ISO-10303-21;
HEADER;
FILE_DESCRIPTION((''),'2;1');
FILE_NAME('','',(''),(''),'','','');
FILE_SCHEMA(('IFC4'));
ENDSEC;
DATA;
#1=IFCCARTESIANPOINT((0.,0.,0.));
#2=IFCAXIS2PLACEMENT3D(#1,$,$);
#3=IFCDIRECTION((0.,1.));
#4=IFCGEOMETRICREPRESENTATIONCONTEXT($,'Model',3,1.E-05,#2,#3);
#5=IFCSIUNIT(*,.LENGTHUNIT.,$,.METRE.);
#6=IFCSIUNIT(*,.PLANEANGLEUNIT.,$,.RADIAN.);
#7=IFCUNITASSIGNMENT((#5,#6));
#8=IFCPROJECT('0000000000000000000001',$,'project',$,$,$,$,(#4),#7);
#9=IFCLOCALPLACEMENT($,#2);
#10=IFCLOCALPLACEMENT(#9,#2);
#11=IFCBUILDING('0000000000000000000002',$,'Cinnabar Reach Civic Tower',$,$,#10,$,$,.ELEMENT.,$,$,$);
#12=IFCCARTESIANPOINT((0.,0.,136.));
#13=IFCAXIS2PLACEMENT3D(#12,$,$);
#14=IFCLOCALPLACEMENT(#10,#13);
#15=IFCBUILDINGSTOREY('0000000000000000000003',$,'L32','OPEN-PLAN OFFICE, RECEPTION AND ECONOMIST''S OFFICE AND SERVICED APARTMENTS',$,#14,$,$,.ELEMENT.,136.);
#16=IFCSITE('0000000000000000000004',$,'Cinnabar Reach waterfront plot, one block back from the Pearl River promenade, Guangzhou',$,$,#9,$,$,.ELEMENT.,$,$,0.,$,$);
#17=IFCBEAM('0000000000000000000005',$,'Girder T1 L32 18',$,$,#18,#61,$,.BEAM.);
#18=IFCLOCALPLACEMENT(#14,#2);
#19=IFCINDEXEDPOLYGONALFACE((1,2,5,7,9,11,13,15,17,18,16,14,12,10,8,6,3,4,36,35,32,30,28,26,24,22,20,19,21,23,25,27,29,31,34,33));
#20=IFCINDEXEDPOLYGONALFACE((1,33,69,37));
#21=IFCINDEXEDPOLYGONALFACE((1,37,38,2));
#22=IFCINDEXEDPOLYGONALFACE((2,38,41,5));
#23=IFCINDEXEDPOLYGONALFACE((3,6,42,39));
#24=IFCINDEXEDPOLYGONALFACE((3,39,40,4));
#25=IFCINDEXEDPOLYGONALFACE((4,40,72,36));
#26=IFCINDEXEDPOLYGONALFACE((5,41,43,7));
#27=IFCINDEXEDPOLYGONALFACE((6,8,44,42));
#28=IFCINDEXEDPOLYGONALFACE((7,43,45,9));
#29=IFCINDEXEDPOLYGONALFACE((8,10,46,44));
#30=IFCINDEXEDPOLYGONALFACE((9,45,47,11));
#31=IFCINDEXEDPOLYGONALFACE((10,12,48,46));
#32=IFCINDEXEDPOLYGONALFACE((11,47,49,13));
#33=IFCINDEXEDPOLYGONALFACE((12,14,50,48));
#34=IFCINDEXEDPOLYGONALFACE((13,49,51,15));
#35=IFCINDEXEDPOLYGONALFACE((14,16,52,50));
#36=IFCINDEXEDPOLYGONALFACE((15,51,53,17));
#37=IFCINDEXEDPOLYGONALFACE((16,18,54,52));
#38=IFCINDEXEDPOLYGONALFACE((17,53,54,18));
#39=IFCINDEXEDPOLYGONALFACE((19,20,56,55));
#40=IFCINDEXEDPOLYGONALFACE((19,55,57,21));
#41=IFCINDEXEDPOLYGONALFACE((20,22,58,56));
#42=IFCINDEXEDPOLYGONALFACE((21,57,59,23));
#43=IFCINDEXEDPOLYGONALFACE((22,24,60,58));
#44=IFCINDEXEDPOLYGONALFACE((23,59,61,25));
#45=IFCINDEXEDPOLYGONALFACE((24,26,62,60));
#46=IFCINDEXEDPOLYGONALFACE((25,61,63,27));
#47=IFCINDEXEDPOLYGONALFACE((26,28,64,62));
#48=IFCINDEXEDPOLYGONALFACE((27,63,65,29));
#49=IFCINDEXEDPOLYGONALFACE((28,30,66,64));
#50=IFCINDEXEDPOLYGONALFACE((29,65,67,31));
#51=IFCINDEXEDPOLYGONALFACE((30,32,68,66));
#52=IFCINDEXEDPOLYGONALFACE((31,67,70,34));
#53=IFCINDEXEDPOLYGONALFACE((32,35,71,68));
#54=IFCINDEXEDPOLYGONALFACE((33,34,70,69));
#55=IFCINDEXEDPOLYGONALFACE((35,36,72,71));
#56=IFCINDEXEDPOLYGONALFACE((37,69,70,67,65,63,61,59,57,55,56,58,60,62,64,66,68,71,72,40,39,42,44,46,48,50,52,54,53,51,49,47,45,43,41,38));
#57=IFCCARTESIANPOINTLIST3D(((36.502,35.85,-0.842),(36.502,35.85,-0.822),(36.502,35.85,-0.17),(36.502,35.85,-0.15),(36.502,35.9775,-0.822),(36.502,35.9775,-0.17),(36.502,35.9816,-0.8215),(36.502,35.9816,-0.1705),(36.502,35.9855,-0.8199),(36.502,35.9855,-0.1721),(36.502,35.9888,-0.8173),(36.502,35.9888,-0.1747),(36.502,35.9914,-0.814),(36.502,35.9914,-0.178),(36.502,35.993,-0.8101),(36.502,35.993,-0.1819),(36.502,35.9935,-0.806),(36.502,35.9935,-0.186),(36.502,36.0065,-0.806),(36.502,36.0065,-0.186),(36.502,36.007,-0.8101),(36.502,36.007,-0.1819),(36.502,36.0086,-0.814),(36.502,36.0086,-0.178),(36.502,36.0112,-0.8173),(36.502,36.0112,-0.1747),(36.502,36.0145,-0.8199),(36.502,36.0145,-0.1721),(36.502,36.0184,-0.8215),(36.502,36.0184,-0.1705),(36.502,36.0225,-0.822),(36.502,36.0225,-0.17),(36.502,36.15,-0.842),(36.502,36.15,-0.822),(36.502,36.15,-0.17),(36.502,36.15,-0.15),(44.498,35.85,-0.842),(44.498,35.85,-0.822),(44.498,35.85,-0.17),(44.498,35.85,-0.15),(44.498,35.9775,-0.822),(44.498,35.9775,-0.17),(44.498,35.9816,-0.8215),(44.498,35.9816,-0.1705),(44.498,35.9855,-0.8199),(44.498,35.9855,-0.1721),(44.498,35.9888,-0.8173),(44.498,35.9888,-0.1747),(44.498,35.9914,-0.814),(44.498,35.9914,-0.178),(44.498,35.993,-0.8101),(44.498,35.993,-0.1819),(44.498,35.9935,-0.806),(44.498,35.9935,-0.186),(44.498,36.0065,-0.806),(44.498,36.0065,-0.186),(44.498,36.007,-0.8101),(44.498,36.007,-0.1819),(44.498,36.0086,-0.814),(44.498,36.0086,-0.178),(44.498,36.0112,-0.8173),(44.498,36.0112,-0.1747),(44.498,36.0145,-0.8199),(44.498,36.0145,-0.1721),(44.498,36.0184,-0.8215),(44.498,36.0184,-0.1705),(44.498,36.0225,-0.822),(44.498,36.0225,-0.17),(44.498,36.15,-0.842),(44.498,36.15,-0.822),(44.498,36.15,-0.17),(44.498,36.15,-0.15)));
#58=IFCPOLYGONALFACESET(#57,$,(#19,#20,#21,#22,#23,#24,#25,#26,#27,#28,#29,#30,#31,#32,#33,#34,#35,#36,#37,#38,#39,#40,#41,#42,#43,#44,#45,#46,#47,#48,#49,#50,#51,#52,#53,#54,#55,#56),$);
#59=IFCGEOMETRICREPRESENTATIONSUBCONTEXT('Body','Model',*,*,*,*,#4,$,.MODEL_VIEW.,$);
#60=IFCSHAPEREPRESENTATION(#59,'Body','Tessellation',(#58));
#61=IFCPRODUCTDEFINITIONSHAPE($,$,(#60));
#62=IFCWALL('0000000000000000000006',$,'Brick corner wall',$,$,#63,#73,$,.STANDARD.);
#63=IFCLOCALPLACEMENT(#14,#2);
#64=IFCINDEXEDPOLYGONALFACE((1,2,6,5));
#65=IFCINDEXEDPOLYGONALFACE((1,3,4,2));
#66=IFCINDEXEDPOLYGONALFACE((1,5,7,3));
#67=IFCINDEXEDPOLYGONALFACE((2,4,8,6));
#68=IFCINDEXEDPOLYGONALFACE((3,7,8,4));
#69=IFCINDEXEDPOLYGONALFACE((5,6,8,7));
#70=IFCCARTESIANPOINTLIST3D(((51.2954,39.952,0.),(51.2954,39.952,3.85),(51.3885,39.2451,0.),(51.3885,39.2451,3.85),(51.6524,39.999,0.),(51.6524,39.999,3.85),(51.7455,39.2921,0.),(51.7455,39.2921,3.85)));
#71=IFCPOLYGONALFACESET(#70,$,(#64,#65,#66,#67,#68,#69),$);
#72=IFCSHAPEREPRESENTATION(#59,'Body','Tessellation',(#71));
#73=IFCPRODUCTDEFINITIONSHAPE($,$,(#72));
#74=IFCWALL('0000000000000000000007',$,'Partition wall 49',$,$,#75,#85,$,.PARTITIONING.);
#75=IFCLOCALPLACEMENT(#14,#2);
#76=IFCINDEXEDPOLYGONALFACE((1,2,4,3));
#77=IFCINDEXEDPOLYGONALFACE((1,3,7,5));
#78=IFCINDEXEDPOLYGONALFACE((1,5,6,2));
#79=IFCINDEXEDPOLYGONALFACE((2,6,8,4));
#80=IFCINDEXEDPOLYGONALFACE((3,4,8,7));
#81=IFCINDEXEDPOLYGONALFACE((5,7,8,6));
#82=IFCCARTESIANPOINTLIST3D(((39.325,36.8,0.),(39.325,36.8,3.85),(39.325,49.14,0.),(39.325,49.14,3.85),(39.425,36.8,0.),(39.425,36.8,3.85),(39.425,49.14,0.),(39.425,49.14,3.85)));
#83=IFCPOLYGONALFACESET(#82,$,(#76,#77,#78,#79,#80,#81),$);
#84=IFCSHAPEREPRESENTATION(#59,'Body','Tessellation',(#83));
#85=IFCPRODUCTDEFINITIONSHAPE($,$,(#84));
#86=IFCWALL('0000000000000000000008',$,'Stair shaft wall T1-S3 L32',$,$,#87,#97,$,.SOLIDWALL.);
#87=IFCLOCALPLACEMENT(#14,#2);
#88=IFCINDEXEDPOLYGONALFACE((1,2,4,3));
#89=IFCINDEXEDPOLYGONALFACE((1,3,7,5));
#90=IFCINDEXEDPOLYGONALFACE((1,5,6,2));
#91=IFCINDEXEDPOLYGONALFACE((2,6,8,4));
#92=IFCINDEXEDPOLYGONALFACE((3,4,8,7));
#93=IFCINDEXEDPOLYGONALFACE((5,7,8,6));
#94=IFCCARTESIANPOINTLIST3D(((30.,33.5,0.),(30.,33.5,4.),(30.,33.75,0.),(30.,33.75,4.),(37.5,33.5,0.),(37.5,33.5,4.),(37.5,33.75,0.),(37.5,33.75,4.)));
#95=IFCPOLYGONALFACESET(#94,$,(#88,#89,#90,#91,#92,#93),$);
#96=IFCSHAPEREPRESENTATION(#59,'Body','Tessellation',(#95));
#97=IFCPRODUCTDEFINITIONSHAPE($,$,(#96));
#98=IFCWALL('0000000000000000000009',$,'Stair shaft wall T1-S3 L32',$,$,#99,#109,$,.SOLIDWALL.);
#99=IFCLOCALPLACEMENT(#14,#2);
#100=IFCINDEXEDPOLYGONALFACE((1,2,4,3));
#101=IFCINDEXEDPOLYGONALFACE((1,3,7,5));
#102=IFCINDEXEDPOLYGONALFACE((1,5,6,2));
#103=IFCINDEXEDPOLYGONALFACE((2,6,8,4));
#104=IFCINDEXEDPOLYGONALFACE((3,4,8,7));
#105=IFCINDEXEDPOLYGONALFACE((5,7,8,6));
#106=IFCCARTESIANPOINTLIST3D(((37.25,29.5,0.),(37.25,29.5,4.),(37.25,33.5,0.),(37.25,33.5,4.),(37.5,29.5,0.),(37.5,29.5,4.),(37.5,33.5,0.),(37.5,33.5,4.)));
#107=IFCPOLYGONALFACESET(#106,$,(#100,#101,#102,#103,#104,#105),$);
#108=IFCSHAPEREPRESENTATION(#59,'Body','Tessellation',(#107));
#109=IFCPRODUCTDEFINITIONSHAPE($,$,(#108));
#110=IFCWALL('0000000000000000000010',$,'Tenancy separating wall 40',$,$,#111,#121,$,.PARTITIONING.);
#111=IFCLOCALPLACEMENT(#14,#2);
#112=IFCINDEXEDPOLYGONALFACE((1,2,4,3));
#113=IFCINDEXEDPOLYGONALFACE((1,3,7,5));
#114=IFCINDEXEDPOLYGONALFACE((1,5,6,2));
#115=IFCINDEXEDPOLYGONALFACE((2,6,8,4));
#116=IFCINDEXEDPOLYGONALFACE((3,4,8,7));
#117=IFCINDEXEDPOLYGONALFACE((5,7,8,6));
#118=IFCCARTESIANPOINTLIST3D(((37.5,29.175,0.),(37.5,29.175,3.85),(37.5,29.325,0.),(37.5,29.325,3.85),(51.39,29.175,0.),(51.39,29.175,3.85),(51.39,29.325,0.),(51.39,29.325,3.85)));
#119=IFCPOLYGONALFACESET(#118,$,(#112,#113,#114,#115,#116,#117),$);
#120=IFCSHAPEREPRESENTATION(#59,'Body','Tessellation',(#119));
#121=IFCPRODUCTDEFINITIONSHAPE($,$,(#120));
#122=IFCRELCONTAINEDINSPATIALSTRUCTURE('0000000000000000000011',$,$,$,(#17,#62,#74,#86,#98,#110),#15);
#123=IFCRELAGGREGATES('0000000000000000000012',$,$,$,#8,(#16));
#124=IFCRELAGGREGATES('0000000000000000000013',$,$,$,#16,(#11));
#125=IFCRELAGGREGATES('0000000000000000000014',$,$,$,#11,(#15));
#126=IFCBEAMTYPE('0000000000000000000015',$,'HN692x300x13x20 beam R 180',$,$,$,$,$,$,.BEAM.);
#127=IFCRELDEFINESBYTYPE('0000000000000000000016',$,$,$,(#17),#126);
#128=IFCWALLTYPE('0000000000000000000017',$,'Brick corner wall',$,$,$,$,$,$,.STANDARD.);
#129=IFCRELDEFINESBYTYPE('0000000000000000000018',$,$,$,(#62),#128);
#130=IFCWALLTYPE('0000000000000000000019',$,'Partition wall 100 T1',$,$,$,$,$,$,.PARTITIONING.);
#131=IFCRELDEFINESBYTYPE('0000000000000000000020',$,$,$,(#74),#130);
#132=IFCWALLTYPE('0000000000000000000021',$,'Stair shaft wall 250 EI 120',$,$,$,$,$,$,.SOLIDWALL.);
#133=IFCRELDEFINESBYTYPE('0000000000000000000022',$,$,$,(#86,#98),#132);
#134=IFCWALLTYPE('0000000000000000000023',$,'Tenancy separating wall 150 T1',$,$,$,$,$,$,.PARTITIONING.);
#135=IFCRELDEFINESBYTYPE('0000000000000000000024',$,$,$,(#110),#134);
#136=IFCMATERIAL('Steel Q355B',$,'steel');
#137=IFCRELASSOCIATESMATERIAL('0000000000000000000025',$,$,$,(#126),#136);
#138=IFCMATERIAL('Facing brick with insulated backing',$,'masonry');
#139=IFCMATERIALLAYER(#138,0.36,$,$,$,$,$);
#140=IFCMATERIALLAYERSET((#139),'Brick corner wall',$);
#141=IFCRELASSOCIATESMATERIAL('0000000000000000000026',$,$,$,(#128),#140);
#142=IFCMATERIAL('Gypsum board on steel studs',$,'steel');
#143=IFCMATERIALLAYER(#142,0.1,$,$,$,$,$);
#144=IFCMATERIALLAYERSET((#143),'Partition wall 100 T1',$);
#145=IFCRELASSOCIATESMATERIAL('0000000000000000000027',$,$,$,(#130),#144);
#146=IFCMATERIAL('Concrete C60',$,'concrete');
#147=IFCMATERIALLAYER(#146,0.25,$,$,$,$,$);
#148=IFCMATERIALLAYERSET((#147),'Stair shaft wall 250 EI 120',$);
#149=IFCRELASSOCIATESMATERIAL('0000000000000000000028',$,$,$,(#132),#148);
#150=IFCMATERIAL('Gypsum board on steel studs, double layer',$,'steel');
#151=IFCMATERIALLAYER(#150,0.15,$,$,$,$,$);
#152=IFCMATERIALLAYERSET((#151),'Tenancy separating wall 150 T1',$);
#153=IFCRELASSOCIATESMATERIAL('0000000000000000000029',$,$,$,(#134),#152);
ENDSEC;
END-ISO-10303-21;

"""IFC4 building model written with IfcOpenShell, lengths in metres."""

from ifc_helpers import new_model, si_unit, direction, frame, frame_2d, origin, origin_2d, place, context, subcontext, project, spatial, rectangle, i_section, extrude, material, layer, layer_set, material_profile, profile_set, type_object, element, save


model = new_model("IFC4")

# Units and contexts
model_context = context("Model", 3, precision=1e-05, world=origin(), true_north=direction((0.0, 1.0)))
body_context = subcontext(model_context, "Body", "Model", "MODEL_VIEW")
ifc_project = project(units=[si_unit("LENGTHUNIT", "METRE"), si_unit("PLANEANGLEUNIT", "RADIAN")], contexts=[model_context])

# Site, building, storey
site_placement = place(None, origin())
site = spatial("IfcSite", under=ifc_project, at=site_placement, Name="Cinnabar Reach waterfront plot, one block back from the Pearl River promenade, Guangzhou", CompositionType="ELEMENT", RefElevation=0.0)
building_placement = place(site_placement, origin())
building = spatial("IfcBuilding", under=site, at=building_placement, Name="Cinnabar Reach Civic Tower", CompositionType="ELEMENT")
storey_placement = place(building_placement, frame((0.0, 0.0, 136.0)))
storey = spatial("IfcBuildingStorey", under=building, at=storey_placement, Name="L32", Description="OPEN-PLAN OFFICE, RECEPTION AND ECONOMIST'S OFFICE AND SERVICED APARTMENTS", CompositionType="ELEMENT", Elevation=136.0)

# Beam
ifc_material_1 = material(Name="Steel Q355B", Category="steel")
ifc_material_profile_1 = material_profile(ifc_material_1, i_section(OverallWidth=0.3, OverallDepth=0.692, WebThickness=0.013, FlangeThickness=0.02, FilletRadius=0.016, at=origin_2d()), Name="HN692x300x13x20")
ifc_profile_set_1 = profile_set([ifc_material_profile_1], Name="Steel Q355B")
beam_type_1 = type_object("IfcBeamType", Name="HN692x300x13x20 beam R 180", PredefinedType="BEAM", material=ifc_profile_set_1)
beam_1_placement = place(storey_placement, frame((36.502, 36.0, -0.496), z_axis=(1.0, 0.0, 0.0), x_axis=(0.0, 1.0, 0.0)))
element("IfcBeam", 1, at=beam_1_placement, inside=storey, type_object=beam_type_1, Name="Girder T1 L32 18", PredefinedType="BEAM", context=body_context, shape_type="SweptSolid", body=[
    extrude(i_section(OverallWidth=0.3, OverallDepth=0.692, WebThickness=0.013, FlangeThickness=0.02, FilletRadius=0.016, at=origin_2d()), origin(), (0.0, 0.0, 1.0), 7.996),
])

# Walls
ifc_material_2 = material(Name="Facing brick with insulated backing", Category="masonry")
ifc_layer_1 = layer(ifc_material_2, 0.36)
ifc_layer_set_1 = layer_set([ifc_layer_1], Name="Brick corner wall")
wall_type_1 = type_object("IfcWallType", Name="Brick corner wall", PredefinedType="STANDARD", material=ifc_layer_set_1)
wall_1_placement = place(storey_placement, frame((51.567, 39.2686, 0.0), z_axis=(0.0, 0.0, 1.0), x_axis=(-0.130556, 0.991441, 0.0)))
element("IfcWall", 2, at=wall_1_placement, inside=storey, type_object=wall_type_1, Name="Brick corner wall", PredefinedType="STANDARD", context=body_context, shape_type="SweptSolid", body=[
    extrude(rectangle(XDim=0.7131, YDim=0.36, at=frame_2d((0.3565, 0.0))), origin(), (0.0, 0.0, 1.0), 3.85),
])
ifc_material_3 = material(Name="Gypsum board on steel studs", Category="steel")
ifc_layer_2 = layer(ifc_material_3, 0.1)
ifc_layer_set_2 = layer_set([ifc_layer_2], Name="Partition wall 100 T1")
wall_type_2 = type_object("IfcWallType", Name="Partition wall 100 T1", PredefinedType="PARTITIONING", material=ifc_layer_set_2)
wall_2_placement = place(storey_placement, frame((39.375, 36.8, 0.0), z_axis=(0.0, 0.0, 1.0), x_axis=(0.0, 1.0, 0.0)))
element("IfcWall", 3, at=wall_2_placement, inside=storey, type_object=wall_type_2, Name="Partition wall 49", PredefinedType="PARTITIONING", context=body_context, shape_type="SweptSolid", body=[
    extrude(rectangle(XDim=12.34, YDim=0.1, at=frame_2d((6.17, 0.0))), origin(), (0.0, 0.0, 1.0), 3.85),
])
ifc_material_4 = material(Name="Concrete C60", Category="concrete")
ifc_layer_3 = layer(ifc_material_4, 0.25)
ifc_layer_set_3 = layer_set([ifc_layer_3], Name="Stair shaft wall 250 EI 120")
wall_type_3 = type_object("IfcWallType", Name="Stair shaft wall 250 EI 120", PredefinedType="SOLIDWALL", material=ifc_layer_set_3)
wall_3_placement = place(storey_placement, frame((37.5, 33.625, 0.0), z_axis=(0.0, 0.0, 1.0), x_axis=(-1.0, 0.0, 0.0)))
element("IfcWall", 4, at=wall_3_placement, inside=storey, type_object=wall_type_3, Name="Stair shaft wall T1-S3 L32", PredefinedType="SOLIDWALL", context=body_context, shape_type="SweptSolid", body=[
    extrude(rectangle(XDim=7.5, YDim=0.25, at=frame_2d((3.75, 0.0))), origin(), (0.0, 0.0, 1.0), 4.0),
])
wall_4_placement = place(storey_placement, frame((37.375, 29.5, 0.0), z_axis=(0.0, 0.0, 1.0), x_axis=(0.0, 1.0, 0.0)))
element("IfcWall", 5, at=wall_4_placement, inside=storey, type_object=wall_type_3, Name="Stair shaft wall T1-S3 L32", PredefinedType="SOLIDWALL", context=body_context, shape_type="SweptSolid", body=[
    extrude(rectangle(XDim=4.0, YDim=0.25, at=frame_2d((2.0, 0.0))), origin(), (0.0, 0.0, 1.0), 4.0),
])
ifc_material_5 = material(Name="Gypsum board on steel studs, double layer", Category="steel")
ifc_layer_4 = layer(ifc_material_5, 0.15)
ifc_layer_set_4 = layer_set([ifc_layer_4], Name="Tenancy separating wall 150 T1")
wall_type_4 = type_object("IfcWallType", Name="Tenancy separating wall 150 T1", PredefinedType="PARTITIONING", material=ifc_layer_set_4)
wall_5_placement = place(storey_placement, frame((37.5, 29.25, 0.0), z_axis=(0.0, 0.0, 1.0), x_axis=(1.0, 0.0, 0.0)))
element("IfcWall", 6, at=wall_5_placement, inside=storey, type_object=wall_type_4, Name="Tenancy separating wall 40", PredefinedType="PARTITIONING", context=body_context, shape_type="SweptSolid", body=[
    extrude(rectangle(XDim=13.89, YDim=0.15, at=frame_2d((6.945, 0.0))), origin(), (0.0, 0.0, 1.0), 3.85),
])

save(model, "model.ifc")
